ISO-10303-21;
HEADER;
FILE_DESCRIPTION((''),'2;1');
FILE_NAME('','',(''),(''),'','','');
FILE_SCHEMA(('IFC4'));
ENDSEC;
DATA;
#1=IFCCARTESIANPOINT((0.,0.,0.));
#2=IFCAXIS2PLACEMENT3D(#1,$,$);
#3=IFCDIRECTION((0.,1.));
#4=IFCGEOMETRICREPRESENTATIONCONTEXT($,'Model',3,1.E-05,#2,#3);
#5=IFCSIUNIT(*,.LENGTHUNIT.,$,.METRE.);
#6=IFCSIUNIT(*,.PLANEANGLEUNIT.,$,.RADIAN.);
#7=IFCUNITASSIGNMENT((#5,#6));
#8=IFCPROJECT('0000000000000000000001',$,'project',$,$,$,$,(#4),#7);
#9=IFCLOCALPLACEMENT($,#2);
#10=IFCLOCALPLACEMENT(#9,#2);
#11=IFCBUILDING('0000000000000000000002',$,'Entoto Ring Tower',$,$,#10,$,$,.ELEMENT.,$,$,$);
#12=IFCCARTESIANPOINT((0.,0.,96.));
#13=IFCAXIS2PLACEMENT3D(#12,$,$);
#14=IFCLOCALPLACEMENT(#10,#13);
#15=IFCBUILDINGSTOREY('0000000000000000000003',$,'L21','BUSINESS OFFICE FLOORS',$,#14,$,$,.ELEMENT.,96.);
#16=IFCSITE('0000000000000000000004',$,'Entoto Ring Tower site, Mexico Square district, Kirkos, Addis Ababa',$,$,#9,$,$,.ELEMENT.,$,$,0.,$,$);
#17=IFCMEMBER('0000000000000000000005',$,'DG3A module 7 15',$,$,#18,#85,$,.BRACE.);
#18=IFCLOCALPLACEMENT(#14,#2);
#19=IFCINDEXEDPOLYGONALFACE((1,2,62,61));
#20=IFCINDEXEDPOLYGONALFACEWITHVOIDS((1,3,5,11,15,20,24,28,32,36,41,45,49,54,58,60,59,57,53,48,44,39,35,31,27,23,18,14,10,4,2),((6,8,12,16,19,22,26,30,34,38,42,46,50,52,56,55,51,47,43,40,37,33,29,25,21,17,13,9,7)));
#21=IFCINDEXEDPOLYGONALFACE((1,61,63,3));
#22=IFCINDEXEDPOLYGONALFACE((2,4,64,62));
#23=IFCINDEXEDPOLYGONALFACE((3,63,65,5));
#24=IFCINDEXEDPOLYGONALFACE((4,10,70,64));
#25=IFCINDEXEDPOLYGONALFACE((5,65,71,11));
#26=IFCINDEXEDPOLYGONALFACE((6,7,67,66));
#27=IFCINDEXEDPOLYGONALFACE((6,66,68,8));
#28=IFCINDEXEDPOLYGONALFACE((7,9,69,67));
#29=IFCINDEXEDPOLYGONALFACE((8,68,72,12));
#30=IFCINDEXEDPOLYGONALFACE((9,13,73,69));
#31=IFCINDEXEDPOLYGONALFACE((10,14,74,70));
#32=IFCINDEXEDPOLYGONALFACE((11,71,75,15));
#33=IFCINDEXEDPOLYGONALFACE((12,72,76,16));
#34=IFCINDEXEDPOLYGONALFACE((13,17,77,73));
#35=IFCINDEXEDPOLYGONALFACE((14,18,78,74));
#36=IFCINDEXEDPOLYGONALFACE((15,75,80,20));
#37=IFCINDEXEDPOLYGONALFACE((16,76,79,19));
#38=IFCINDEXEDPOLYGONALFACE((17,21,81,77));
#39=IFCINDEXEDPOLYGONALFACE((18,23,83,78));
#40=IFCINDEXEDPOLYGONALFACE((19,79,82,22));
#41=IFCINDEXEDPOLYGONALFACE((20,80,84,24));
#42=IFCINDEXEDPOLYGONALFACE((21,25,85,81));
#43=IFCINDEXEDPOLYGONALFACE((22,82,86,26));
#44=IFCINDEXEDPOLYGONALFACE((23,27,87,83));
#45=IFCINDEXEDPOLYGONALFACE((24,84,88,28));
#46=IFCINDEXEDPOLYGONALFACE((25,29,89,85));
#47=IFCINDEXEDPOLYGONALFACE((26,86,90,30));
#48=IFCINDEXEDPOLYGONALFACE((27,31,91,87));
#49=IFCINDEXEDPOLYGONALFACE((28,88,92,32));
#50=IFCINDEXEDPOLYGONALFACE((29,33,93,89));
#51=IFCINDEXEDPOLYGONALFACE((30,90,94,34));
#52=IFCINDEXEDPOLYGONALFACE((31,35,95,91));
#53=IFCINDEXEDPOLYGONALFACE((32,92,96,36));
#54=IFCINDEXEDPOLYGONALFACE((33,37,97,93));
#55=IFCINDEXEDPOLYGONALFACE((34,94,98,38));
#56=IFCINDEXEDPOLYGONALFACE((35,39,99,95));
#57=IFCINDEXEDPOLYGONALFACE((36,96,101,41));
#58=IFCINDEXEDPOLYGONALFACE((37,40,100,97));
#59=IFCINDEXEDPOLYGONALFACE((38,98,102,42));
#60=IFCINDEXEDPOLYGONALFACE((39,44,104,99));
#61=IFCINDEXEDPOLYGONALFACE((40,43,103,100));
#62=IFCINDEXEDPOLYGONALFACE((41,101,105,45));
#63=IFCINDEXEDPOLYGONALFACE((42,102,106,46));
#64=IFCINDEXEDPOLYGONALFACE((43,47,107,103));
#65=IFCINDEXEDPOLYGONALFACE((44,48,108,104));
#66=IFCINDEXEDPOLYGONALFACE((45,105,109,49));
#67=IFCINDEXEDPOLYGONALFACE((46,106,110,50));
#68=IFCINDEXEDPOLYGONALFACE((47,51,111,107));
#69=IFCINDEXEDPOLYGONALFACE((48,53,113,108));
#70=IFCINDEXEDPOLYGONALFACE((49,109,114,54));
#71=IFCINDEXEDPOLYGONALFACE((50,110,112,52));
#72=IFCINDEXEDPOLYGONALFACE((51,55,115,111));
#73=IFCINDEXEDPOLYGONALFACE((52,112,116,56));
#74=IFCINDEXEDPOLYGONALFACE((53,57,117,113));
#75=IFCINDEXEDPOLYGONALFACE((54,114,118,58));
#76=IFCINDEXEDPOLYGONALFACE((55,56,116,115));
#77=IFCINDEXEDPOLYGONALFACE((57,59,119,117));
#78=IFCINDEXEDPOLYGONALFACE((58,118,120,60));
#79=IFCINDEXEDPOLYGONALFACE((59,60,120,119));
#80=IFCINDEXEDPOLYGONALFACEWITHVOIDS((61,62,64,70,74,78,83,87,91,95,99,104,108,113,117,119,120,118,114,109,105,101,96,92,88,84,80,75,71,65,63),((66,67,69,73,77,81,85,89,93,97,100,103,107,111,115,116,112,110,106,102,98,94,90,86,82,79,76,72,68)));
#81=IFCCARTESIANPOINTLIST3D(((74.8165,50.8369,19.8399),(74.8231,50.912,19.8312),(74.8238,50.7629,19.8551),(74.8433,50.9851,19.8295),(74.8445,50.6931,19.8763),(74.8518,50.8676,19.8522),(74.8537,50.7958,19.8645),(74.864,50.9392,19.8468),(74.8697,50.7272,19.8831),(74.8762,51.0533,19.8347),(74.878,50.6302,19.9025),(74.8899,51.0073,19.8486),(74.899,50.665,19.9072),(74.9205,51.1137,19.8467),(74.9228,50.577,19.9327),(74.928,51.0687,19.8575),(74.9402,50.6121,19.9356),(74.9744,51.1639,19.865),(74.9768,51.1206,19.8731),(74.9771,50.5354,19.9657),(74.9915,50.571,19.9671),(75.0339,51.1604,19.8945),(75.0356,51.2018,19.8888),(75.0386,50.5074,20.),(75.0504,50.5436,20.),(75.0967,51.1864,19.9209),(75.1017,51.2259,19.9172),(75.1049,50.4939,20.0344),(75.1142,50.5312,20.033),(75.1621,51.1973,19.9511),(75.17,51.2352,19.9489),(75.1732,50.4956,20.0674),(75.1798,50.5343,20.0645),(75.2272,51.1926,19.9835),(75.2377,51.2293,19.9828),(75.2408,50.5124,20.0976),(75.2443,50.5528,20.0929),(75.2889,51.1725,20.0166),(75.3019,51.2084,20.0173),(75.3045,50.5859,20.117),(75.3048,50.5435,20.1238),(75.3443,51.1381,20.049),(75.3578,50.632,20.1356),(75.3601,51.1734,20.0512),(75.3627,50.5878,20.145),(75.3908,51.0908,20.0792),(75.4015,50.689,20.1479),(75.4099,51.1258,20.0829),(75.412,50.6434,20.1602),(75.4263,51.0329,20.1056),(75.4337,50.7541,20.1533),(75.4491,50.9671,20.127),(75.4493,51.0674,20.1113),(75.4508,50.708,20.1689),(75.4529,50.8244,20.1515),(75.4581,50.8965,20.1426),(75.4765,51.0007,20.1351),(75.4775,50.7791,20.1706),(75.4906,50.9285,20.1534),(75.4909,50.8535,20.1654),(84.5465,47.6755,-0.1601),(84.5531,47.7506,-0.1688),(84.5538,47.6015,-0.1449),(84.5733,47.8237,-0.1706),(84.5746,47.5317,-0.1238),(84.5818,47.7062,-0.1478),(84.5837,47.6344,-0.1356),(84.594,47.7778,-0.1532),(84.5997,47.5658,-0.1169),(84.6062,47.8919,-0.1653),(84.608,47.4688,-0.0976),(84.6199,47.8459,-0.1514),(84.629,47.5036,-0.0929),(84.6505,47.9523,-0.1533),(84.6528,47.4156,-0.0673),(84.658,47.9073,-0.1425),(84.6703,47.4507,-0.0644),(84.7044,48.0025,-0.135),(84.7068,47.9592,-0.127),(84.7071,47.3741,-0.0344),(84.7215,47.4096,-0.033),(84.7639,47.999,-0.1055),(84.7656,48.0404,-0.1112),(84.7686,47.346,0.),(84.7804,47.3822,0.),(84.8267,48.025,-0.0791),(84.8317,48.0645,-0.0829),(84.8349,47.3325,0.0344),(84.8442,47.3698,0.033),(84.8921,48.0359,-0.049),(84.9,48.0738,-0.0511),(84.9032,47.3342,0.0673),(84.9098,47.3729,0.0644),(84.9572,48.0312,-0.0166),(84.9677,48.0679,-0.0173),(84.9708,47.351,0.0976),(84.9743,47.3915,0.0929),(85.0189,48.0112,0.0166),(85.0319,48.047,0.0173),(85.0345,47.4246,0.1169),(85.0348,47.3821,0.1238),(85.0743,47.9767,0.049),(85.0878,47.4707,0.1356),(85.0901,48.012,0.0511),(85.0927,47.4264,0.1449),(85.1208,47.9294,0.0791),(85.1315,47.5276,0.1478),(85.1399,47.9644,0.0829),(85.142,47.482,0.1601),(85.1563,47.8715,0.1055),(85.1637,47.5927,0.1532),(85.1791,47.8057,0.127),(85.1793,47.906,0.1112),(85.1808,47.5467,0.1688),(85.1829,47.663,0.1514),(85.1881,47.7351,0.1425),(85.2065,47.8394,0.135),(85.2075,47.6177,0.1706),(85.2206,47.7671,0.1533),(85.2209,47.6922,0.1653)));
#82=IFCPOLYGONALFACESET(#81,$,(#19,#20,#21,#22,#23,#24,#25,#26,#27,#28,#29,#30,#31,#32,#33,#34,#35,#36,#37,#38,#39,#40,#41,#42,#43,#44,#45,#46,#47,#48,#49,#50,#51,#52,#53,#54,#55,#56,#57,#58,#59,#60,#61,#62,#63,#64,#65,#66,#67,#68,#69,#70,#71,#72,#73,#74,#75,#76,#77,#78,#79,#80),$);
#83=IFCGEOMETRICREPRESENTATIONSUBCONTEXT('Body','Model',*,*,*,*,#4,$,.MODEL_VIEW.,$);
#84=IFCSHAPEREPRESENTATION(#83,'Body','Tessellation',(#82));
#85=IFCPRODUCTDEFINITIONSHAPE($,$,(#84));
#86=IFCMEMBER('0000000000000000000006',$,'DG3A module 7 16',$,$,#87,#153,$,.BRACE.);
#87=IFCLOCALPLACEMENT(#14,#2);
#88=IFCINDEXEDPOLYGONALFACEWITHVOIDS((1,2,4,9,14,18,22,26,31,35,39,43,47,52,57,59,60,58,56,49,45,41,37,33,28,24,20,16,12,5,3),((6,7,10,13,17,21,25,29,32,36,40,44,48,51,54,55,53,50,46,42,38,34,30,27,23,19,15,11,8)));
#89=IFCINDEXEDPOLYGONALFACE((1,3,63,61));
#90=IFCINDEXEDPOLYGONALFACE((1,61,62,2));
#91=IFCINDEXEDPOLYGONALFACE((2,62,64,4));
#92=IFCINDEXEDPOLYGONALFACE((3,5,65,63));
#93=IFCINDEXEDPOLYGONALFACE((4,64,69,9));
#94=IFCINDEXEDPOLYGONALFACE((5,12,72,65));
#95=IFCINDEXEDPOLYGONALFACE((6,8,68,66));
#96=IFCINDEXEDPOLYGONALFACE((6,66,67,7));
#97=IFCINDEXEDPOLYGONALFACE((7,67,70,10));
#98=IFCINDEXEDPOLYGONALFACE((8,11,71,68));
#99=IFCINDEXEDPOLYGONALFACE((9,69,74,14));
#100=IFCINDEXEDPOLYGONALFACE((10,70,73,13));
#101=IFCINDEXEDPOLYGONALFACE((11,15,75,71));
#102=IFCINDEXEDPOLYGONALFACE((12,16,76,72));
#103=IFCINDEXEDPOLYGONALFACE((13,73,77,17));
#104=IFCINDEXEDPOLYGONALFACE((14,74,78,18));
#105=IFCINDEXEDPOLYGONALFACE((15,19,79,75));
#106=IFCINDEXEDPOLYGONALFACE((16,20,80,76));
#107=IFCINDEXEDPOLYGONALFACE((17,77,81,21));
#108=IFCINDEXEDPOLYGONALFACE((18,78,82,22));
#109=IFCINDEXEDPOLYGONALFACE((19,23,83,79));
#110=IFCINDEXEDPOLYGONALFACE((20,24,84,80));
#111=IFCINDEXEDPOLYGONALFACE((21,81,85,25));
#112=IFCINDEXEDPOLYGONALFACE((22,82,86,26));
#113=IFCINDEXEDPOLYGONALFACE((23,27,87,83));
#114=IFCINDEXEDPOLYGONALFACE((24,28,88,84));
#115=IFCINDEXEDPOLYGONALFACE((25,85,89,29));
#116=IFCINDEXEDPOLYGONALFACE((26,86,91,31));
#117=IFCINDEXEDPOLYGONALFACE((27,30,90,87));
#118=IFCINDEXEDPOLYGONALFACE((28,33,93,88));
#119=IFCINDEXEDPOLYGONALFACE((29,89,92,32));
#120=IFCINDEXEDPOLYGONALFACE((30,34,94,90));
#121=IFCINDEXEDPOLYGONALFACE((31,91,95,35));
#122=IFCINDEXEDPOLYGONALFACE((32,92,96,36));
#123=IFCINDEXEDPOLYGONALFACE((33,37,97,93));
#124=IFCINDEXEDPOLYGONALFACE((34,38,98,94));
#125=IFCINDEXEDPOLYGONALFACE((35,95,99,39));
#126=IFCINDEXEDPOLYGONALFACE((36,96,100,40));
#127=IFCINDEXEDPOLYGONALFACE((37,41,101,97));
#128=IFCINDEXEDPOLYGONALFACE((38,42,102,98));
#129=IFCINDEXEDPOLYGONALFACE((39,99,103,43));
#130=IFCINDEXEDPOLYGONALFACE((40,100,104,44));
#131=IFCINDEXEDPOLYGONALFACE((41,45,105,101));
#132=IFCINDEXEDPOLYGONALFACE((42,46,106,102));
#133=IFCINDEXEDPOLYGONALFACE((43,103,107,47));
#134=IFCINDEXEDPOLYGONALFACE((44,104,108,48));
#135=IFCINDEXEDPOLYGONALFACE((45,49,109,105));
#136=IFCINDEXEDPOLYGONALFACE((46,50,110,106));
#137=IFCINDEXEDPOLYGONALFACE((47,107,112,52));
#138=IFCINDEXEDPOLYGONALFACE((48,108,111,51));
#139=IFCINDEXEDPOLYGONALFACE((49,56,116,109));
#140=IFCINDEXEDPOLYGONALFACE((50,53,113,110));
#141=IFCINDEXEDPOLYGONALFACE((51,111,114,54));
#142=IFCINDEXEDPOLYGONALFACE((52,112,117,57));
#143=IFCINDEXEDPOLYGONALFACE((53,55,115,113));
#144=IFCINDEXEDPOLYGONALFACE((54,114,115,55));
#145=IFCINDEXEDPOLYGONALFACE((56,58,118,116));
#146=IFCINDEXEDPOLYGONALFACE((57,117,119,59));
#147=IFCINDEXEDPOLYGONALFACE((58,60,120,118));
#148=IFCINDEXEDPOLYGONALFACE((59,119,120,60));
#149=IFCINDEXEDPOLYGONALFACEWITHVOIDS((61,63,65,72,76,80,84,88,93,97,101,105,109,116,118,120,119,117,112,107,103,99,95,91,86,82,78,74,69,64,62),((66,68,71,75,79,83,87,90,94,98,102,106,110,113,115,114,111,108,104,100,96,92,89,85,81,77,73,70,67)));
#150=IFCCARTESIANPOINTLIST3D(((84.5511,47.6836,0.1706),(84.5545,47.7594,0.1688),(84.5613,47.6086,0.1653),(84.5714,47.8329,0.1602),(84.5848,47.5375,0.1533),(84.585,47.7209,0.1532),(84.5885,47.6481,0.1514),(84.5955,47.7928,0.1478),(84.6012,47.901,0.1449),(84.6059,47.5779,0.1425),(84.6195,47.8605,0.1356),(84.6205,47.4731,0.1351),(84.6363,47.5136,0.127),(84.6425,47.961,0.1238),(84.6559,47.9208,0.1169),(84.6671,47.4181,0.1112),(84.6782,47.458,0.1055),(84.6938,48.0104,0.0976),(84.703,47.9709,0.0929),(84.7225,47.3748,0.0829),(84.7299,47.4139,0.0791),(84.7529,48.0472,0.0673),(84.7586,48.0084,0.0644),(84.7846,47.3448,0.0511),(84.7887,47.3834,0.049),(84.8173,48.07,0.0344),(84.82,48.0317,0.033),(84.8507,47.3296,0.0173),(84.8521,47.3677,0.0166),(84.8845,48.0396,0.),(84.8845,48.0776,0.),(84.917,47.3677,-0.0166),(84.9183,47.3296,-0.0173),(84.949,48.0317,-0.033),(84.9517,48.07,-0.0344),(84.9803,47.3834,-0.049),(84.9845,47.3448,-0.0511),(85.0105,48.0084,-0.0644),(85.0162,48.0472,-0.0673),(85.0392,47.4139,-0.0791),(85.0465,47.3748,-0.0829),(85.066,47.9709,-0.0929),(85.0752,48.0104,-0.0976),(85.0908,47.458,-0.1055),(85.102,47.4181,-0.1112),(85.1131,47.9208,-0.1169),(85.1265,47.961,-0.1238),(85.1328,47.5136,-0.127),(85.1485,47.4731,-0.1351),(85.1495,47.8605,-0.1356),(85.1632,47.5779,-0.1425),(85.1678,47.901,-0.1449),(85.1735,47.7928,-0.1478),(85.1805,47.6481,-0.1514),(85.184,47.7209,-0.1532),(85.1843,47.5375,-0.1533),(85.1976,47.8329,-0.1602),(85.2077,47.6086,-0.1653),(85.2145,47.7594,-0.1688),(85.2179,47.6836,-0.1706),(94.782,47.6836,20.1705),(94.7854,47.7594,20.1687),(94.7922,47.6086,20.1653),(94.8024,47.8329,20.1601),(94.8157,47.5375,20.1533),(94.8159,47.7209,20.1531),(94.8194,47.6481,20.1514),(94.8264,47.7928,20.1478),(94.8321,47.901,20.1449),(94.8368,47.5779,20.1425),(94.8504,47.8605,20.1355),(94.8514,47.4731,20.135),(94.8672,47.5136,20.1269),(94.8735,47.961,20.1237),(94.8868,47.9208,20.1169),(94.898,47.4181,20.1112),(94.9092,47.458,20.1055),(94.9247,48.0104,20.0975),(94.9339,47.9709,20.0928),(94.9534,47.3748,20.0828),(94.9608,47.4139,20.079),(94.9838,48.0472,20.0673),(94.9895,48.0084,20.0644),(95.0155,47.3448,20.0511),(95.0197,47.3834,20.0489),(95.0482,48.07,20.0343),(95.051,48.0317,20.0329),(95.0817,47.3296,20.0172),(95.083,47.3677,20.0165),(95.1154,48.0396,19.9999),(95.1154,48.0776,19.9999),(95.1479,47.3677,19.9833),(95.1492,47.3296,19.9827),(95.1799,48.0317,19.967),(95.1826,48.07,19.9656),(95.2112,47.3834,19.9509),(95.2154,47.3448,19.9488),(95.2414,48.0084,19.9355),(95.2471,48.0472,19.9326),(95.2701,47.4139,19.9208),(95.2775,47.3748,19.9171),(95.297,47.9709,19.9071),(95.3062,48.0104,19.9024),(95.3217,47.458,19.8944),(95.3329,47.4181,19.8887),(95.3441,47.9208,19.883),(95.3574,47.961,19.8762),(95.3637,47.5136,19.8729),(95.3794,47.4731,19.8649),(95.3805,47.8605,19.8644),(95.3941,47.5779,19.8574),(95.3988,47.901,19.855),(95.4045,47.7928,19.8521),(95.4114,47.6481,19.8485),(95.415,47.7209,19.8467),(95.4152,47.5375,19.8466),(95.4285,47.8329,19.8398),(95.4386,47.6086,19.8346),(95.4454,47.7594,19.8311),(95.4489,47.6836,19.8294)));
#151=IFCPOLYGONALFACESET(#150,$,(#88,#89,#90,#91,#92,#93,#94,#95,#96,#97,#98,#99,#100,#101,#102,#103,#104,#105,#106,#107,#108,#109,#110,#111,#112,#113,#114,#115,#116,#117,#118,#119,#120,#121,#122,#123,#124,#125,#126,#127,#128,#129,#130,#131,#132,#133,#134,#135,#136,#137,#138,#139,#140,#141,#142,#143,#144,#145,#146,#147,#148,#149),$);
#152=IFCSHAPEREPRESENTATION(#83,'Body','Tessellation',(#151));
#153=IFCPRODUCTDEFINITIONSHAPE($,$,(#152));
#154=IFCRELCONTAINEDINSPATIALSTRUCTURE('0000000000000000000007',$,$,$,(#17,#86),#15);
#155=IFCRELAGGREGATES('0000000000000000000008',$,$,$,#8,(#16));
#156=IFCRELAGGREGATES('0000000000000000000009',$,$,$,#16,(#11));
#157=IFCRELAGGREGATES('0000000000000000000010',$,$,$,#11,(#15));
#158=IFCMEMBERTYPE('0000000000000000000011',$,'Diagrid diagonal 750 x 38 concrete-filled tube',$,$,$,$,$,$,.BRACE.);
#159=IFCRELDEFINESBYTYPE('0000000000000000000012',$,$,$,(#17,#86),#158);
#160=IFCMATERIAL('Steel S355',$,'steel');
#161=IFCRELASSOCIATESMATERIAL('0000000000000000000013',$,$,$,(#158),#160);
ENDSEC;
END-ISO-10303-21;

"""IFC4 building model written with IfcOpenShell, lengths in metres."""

from ifc_helpers import new_model, si_unit, direction, frame, origin, origin_2d, place, context, subcontext, project, spatial, circle, hollow_circle, extrude, material, material_profile, profile_set, type_object, element, save


model = new_model("IFC4")

# Units and contexts
model_context = context("Model", 3, precision=1e-05, world=origin(), true_north=direction((0.0, 1.0)))
body_context = subcontext(model_context, "Body", "Model", "MODEL_VIEW")
ifc_project = project(units=[si_unit("LENGTHUNIT", "METRE"), si_unit("PLANEANGLEUNIT", "RADIAN")], contexts=[model_context])

# Site, building, storey
site_placement = place(None, origin())
site = spatial("IfcSite", under=ifc_project, at=site_placement, Name="Entoto Ring Tower site, Mexico Square district, Kirkos, Addis Ababa", CompositionType="ELEMENT", RefElevation=0.0)
building_placement = place(site_placement, origin())
building = spatial("IfcBuilding", under=site, at=building_placement, Name="Entoto Ring Tower", CompositionType="ELEMENT")
storey_placement = place(building_placement, frame((0.0, 0.0, 96.0)))
storey = spatial("IfcBuildingStorey", under=building, at=storey_placement, Name="L21", Description="BUSINESS OFFICE FLOORS", CompositionType="ELEMENT", Elevation=96.0)

# Members
ifc_material_1 = material(Name="Steel S355", Category="steel")
ifc_material_profile_1 = material_profile(ifc_material_1, hollow_circle(Radius=0.375, WallThickness=0.0381, at=origin_2d()), Name="CHS 750 x 38")
ifc_material_2 = material(Name="Concrete C60/75", Category="concrete")
ifc_material_profile_2 = material_profile(ifc_material_2, circle(Radius=0.3369, at=origin_2d()), Name="Concrete C60/75 infill")
ifc_profile_set_1 = profile_set([ifc_material_profile_1, ifc_material_profile_2], Name="Steel S355")
member_type_1 = type_object("IfcMemberType", Name="Diagrid diagonal 750 x 38 concrete-filled tube", PredefinedType="BRACE", material=ifc_profile_set_1)
for number, where, z_axis, x_axis, name in (
    (1, (84.8845, 47.7026, 0.0), (-0.433121, 0.140726, 0.890282), (-0.309009, -0.951059, 0.0), "DG3A module 7 15"),
    (2, (84.8845, 47.7026, 0.0), (0.455419, 0.0, 0.890277), (0.0, 1.0, 0.0), "DG3A module 7 16"),
):
    element("IfcMember", number, at=place(storey_placement, frame(where, z_axis=z_axis, x_axis=x_axis)), inside=storey, type_object=member_type_1, Name=name, PredefinedType="BRACE", context=body_context, shape_type="SweptSolid", body=[
        extrude(hollow_circle(Radius=0.375, WallThickness=0.0381, at=origin_2d()), origin(), (0.0, 0.0, 1.0), 22.4648),
    ])

save(model, "model.ifc")
